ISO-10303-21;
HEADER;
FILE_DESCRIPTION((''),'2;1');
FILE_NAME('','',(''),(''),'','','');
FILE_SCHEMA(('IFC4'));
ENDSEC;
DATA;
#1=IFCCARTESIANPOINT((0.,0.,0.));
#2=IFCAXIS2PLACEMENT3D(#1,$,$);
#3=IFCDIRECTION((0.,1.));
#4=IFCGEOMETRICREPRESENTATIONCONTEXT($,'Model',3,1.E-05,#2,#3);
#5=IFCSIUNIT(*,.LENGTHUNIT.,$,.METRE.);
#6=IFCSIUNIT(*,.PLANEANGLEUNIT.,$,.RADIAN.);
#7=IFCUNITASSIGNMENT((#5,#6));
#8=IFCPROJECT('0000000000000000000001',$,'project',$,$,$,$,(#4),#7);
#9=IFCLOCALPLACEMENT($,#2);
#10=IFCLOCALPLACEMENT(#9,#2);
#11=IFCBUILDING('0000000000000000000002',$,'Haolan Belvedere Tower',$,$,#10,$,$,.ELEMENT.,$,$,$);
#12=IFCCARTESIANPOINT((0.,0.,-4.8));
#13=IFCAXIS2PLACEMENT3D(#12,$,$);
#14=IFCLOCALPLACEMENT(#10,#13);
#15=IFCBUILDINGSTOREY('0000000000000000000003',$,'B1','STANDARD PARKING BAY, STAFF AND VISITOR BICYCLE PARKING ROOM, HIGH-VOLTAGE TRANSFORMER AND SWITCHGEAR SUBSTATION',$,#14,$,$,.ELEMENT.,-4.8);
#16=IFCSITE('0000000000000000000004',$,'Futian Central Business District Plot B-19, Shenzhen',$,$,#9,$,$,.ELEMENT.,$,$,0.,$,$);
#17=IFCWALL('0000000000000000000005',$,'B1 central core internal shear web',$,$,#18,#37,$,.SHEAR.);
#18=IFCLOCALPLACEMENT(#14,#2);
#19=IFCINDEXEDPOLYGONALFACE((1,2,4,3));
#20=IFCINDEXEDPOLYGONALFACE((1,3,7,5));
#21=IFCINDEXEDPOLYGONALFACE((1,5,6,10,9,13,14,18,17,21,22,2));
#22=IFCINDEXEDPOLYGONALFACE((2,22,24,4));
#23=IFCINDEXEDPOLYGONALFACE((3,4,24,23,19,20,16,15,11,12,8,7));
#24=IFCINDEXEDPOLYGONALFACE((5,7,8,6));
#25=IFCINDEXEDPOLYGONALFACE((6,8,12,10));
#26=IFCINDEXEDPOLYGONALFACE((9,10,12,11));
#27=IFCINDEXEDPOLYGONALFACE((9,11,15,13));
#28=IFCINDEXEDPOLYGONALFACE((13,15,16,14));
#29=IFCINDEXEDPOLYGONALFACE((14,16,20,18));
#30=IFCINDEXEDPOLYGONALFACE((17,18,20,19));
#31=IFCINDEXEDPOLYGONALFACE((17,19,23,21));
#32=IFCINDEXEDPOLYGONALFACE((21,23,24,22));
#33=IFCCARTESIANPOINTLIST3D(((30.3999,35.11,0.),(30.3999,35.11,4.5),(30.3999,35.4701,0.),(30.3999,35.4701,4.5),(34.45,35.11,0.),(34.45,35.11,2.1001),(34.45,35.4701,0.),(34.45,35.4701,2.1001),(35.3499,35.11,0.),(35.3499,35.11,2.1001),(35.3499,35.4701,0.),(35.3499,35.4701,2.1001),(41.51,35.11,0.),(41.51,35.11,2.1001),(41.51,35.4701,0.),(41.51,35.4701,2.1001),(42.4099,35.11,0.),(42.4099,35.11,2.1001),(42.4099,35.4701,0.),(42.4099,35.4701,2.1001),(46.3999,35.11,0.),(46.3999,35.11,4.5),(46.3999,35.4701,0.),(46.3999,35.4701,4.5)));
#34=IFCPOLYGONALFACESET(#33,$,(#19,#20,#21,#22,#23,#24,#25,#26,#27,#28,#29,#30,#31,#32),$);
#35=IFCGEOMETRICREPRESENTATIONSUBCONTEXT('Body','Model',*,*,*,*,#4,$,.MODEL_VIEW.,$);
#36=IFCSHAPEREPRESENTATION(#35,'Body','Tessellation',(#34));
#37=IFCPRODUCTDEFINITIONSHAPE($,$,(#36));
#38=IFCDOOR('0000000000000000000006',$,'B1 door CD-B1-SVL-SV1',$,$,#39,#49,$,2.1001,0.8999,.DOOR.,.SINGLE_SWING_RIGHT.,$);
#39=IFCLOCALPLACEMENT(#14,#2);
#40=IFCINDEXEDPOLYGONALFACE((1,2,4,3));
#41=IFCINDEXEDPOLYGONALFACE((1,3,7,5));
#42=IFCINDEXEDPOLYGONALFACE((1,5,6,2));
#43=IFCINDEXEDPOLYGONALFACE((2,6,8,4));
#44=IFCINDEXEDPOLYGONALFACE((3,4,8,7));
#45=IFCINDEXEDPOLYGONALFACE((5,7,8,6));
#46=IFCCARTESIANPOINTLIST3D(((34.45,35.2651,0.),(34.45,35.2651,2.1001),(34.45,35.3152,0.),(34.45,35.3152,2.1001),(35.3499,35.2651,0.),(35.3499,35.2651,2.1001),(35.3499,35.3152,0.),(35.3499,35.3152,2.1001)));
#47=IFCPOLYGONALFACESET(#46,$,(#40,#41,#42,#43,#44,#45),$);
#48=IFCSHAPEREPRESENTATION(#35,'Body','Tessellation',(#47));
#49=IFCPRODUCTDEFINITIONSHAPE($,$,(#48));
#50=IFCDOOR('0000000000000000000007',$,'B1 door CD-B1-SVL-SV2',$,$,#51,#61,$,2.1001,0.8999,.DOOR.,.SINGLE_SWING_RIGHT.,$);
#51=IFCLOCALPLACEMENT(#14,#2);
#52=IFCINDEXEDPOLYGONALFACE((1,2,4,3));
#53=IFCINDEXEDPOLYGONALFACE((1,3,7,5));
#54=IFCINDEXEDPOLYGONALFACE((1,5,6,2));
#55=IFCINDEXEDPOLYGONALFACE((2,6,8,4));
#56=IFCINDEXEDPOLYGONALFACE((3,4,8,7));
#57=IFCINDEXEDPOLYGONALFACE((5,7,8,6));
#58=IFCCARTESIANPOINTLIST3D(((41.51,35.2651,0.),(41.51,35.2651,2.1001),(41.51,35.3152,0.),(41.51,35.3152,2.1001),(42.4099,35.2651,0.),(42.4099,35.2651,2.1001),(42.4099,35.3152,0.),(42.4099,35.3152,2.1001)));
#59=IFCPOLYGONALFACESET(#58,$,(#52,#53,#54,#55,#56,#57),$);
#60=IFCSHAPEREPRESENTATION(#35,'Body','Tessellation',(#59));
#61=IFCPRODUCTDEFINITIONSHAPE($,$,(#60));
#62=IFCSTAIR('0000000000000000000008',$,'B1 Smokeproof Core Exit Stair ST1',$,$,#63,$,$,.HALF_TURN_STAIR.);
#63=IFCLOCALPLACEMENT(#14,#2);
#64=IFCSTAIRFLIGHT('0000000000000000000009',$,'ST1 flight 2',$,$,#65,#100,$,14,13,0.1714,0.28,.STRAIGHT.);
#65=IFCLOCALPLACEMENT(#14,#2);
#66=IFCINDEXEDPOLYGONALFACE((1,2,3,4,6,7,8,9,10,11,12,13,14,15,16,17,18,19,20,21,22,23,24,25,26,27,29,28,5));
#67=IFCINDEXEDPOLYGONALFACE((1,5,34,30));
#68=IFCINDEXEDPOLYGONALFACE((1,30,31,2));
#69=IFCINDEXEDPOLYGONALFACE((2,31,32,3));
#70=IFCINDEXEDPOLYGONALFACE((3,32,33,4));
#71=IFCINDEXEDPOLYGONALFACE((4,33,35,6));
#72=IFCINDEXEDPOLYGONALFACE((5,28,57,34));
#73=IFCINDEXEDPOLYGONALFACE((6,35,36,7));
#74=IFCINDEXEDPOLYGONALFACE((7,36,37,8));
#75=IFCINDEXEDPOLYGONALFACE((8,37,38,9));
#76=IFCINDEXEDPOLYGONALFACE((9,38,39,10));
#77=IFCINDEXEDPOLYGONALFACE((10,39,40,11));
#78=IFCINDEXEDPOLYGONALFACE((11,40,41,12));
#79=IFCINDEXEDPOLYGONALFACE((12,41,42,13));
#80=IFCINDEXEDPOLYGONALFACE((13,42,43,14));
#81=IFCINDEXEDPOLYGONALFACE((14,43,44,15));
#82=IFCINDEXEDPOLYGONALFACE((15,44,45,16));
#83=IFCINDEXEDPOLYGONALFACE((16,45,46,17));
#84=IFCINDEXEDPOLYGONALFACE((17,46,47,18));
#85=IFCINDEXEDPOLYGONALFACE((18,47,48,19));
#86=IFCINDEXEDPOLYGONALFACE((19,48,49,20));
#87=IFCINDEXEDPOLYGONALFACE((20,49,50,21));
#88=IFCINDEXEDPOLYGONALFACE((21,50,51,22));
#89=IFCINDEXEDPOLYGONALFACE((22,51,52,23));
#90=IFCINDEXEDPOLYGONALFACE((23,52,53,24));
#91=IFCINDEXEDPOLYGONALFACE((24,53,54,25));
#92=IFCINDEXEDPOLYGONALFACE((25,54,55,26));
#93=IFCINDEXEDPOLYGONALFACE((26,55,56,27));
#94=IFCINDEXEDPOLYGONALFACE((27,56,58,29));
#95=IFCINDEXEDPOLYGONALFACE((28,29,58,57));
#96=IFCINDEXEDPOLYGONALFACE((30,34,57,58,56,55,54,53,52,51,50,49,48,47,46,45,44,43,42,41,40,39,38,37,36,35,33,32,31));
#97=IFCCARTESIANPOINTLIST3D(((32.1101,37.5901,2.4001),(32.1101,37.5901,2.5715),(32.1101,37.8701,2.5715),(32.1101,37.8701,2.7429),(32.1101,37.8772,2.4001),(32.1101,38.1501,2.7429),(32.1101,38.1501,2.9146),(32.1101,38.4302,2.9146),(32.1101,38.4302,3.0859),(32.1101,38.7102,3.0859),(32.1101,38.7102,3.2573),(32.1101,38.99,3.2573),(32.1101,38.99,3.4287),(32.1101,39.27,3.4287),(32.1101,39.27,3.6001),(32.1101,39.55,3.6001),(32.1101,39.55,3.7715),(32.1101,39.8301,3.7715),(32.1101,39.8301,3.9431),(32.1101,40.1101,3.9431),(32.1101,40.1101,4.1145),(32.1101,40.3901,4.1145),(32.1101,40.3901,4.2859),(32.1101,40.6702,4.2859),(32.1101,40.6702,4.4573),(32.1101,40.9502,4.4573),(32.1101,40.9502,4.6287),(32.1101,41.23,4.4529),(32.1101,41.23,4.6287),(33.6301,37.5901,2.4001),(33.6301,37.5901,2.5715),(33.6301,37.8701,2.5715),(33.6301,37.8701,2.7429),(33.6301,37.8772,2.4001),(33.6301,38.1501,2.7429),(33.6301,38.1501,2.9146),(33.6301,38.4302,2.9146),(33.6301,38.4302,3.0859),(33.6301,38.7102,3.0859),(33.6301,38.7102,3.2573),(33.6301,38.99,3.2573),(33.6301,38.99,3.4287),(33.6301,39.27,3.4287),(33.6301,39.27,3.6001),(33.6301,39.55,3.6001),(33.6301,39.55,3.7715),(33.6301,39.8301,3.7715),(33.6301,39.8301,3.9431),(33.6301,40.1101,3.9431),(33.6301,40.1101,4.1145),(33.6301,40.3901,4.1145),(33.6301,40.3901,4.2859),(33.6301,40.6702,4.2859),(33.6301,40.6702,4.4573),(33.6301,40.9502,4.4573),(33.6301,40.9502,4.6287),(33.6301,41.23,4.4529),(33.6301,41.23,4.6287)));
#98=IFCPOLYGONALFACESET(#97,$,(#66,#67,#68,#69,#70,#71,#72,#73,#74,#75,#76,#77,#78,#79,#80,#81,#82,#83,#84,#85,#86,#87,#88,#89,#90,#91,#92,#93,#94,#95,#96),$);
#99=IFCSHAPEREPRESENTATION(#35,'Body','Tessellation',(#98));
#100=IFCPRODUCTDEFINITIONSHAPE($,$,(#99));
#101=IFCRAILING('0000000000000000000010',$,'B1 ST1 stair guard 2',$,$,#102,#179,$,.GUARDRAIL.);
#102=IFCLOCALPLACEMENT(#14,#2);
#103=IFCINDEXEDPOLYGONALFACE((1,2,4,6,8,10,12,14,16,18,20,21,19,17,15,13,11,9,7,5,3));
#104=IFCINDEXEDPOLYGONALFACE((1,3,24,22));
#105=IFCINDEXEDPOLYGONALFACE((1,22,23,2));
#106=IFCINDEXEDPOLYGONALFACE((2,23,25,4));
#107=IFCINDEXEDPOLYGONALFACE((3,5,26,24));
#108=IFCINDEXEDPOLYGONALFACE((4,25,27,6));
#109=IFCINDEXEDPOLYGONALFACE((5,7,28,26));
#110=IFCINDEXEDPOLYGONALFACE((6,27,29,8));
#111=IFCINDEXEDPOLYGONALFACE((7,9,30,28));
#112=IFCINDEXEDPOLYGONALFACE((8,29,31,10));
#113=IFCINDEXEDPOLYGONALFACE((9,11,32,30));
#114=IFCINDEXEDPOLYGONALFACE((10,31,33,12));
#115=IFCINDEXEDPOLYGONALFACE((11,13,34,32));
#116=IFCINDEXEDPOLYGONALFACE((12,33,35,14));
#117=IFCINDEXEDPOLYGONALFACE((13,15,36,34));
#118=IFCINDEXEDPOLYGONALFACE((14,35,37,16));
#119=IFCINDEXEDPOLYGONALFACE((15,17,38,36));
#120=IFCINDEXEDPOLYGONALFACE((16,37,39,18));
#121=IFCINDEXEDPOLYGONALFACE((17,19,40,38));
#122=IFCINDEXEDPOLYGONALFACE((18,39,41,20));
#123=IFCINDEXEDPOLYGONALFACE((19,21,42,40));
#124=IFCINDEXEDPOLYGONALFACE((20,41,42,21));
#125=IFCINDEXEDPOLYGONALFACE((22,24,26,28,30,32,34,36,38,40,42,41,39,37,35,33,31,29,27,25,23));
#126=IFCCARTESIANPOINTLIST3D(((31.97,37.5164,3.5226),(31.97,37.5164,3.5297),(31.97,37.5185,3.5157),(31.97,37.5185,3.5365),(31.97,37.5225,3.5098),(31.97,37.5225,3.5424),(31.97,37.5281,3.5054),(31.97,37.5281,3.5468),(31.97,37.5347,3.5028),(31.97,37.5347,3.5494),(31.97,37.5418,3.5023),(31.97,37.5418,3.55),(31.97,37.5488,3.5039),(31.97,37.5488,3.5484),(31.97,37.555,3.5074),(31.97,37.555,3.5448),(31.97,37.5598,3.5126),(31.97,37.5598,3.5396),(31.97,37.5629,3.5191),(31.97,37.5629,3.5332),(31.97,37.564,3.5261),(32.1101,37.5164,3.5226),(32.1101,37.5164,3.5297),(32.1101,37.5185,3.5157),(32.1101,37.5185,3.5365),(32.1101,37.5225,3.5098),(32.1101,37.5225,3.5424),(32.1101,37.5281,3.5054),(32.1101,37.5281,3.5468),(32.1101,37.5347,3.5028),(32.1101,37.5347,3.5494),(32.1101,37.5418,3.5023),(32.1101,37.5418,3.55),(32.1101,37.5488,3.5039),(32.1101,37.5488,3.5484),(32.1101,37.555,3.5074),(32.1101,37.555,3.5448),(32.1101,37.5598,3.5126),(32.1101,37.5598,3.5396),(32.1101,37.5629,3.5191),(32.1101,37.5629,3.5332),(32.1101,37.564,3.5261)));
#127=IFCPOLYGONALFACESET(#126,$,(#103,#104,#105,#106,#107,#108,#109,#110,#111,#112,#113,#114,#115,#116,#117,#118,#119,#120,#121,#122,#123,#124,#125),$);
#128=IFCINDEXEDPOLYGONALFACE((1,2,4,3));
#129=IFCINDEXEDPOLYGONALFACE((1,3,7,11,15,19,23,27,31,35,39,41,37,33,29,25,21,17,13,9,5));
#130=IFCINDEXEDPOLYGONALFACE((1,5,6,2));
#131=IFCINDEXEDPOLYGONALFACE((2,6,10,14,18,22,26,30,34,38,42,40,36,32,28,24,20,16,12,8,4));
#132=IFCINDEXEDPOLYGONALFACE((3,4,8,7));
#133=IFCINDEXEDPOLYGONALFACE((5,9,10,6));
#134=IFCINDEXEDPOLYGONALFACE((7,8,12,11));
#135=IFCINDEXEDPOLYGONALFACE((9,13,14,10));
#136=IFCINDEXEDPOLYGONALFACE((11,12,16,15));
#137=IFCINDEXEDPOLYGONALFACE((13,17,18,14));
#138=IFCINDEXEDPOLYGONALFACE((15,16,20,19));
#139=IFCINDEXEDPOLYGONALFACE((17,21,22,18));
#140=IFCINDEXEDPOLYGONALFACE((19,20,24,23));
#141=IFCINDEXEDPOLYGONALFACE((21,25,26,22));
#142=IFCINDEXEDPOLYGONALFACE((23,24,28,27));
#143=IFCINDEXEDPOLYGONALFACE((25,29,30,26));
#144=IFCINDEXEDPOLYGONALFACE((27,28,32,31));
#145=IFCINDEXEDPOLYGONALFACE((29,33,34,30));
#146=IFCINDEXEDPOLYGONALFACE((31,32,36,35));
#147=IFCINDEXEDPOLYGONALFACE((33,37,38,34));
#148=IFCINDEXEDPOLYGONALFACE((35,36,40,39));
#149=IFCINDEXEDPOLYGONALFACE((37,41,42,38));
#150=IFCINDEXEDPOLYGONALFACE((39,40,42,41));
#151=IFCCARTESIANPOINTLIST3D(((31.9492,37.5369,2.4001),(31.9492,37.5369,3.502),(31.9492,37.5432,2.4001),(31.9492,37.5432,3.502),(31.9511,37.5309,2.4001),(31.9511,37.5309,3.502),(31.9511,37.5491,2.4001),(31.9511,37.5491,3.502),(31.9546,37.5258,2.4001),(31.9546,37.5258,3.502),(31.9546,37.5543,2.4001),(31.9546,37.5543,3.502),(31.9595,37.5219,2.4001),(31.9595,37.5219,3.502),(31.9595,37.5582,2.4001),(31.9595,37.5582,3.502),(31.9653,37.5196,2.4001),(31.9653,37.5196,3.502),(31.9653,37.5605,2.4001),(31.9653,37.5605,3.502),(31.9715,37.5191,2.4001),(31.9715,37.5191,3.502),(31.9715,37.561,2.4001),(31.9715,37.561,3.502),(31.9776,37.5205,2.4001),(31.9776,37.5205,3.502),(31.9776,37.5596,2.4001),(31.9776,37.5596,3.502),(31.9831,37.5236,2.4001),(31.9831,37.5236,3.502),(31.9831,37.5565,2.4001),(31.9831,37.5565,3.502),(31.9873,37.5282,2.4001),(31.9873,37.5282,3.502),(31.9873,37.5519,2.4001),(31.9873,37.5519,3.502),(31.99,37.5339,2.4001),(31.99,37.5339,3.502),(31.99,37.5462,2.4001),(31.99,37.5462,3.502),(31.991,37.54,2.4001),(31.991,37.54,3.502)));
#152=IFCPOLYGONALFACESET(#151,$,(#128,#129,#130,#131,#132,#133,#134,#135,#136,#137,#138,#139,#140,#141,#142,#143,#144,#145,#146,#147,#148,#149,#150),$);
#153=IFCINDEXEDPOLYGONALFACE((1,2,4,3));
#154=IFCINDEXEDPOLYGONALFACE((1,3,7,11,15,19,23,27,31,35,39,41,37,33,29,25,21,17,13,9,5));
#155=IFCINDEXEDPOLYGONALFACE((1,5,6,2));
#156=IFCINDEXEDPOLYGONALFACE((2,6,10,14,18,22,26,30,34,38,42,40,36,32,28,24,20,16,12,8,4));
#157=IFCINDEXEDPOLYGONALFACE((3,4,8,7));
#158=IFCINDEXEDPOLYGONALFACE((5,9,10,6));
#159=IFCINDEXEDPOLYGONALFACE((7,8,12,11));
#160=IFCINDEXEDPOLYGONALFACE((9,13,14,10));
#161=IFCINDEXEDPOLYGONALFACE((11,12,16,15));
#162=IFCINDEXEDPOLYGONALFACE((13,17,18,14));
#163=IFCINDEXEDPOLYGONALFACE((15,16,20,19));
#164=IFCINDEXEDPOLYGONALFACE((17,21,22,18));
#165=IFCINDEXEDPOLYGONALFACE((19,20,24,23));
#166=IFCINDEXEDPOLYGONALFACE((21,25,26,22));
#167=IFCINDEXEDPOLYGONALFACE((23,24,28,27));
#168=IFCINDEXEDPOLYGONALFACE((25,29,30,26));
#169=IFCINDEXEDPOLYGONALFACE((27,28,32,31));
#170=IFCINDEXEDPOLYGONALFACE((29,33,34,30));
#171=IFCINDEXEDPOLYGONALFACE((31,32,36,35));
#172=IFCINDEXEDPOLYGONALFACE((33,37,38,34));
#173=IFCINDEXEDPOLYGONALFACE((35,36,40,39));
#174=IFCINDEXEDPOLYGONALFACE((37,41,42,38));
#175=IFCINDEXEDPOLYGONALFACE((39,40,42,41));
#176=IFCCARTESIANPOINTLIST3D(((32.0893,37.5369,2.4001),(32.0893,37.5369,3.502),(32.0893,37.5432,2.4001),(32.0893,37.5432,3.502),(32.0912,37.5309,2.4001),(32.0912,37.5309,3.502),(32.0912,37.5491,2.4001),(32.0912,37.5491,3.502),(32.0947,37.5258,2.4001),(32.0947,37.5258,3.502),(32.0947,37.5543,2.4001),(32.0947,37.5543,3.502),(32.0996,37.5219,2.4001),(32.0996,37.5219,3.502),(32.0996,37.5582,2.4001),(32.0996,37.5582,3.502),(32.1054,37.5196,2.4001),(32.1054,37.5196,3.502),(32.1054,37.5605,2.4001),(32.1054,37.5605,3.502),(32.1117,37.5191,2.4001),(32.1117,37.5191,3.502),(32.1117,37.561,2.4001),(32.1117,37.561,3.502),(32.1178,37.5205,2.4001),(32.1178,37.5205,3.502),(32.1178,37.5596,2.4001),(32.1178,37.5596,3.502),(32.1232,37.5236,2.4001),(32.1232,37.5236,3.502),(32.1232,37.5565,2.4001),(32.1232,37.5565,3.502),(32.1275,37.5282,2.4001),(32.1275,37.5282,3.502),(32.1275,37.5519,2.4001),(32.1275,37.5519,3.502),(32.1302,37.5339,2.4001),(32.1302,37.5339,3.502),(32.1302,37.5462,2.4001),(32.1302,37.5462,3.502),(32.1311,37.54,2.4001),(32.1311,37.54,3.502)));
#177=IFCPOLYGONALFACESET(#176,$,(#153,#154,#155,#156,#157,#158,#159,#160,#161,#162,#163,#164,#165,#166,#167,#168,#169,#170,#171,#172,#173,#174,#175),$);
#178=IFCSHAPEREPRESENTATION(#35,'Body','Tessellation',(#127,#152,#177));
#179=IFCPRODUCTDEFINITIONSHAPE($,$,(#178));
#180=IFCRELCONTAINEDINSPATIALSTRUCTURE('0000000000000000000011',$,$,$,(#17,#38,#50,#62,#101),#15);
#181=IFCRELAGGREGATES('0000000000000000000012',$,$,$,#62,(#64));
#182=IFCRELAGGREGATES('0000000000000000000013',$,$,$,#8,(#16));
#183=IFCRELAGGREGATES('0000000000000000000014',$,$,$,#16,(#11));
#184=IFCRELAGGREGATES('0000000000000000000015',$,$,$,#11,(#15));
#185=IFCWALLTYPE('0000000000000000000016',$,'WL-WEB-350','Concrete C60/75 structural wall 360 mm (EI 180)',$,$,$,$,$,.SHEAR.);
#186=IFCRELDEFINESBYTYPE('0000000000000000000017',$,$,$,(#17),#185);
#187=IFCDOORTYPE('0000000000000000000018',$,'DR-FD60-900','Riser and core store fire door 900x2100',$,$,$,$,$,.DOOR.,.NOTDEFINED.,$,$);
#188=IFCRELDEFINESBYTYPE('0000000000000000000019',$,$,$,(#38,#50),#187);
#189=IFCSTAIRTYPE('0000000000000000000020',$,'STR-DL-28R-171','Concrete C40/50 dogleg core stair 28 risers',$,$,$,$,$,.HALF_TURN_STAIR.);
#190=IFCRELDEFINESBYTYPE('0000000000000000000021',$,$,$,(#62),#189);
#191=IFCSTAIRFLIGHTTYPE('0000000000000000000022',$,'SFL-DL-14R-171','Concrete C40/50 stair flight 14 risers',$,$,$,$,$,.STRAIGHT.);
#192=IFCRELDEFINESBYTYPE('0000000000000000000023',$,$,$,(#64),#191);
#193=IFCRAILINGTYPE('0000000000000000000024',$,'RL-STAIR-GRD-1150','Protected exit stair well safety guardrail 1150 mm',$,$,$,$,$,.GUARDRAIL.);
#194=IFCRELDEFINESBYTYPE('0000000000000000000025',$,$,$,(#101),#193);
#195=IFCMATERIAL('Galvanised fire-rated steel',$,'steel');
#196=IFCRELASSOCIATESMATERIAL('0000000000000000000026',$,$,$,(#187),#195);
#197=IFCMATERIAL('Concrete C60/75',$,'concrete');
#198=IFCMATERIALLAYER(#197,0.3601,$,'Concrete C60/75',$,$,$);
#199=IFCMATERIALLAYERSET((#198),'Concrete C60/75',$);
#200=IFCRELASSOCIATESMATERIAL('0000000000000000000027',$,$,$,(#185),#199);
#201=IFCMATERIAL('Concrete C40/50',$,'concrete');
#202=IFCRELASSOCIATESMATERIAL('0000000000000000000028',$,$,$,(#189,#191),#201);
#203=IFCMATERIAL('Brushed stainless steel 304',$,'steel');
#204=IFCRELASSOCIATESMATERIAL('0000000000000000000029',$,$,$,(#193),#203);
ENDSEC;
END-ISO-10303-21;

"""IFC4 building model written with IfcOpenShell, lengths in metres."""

from ifc_helpers import new_model, si_unit, direction, frame, frame_2d, origin, origin_2d, place, context, subcontext, project, spatial, polyline, rectangle, circle, outline, extrude, material, layer, layer_set, type_object, element, fill, aggregate, save


model = new_model("IFC4")

# Units and contexts
model_context = context("Model", 3, precision=1e-05, world=origin(), true_north=direction((0.0, 1.0)))
body_context = subcontext(model_context, "Body", "Model", "MODEL_VIEW")
ifc_project = project(units=[si_unit("LENGTHUNIT", "METRE"), si_unit("PLANEANGLEUNIT", "RADIAN")], contexts=[model_context])

# Site, building, storey
site_placement = place(None, origin())
site = spatial("IfcSite", under=ifc_project, at=site_placement, Name="Futian Central Business District Plot B-19, Shenzhen", CompositionType="ELEMENT", RefElevation=0.0)
building_placement = place(site_placement, origin())
building = spatial("IfcBuilding", under=site, at=building_placement, Name="Haolan Belvedere Tower", CompositionType="ELEMENT")
storey_placement = place(building_placement, frame((0.0, 0.0, -4.8)))
storey = spatial("IfcBuildingStorey", under=building, at=storey_placement, Name="B1", Description="STANDARD PARKING BAY, STAFF AND VISITOR BICYCLE PARKING ROOM, HIGH-VOLTAGE TRANSFORMER AND SWITCHGEAR SUBSTATION", CompositionType="ELEMENT", Elevation=-4.8)

# Shared definitions
ifc_material_1 = material(Name="Galvanised fire-rated steel", Category="steel")
door_type_1 = type_object("IfcDoorType", Name="DR-FD60-900", Description="Riser and core store fire door 900x2100", OperationType="NOTDEFINED", PredefinedType="DOOR", material=ifc_material_1)

# Shared definitions
ifc_material_2 = material(Name="Concrete C40/50", Category="concrete")

# Wall, openings, doors
ifc_material_3 = material(Name="Concrete C60/75", Category="concrete")
ifc_layer_1 = layer(ifc_material_3, 0.3601, Name="Concrete C60/75")
ifc_layer_set_1 = layer_set([ifc_layer_1], Name="Concrete C60/75")
wall_type_1 = type_object("IfcWallType", Name="WL-WEB-350", Description="Concrete C60/75 structural wall 360 mm (EI 180)", PredefinedType="SHEAR", material=ifc_layer_set_1)
wall_1_placement = place(storey_placement, frame((30.3999, 35.29, 0.0), z_axis=(0.0, 0.0, 1.0), x_axis=(1.0, 0.0, 0.0)))
wall_1 = element("IfcWall", 1, at=wall_1_placement, inside=storey, type_object=wall_type_1, Name="B1 central core internal shear web", PredefinedType="SHEAR", context=body_context, shape_type="SweptSolid", body=[
    extrude(rectangle(XDim=16.0, YDim=0.3601, at=frame_2d((8.0, 0.0))), origin(), (0.0, 0.0, 1.0), 4.5),
])
opening_1_placement = place(wall_1_placement, frame((4.95, 0.0, 0.0), z_axis=(0.0, 0.0, 1.0), x_axis=(-1.0, 0.0, 0.0)))
opening_1 = element("IfcOpeningElement", 2, at=opening_1_placement, cuts=wall_1, PredefinedType="OPENING", context=body_context, shape_type="SweptSolid", body=[
    extrude(rectangle(XDim=0.8999, YDim=2.1001, at=frame_2d((0.45, 1.05))), frame((0.0, 0.1899, 0.0), z_axis=(0.0, -1.0, 0.0), x_axis=(1.0, 0.0, 0.0)), (0.0, 0.0, 1.0), 0.3801),
])
opening_2_placement = place(wall_1_placement, frame((12.01, 0.0, 0.0), z_axis=(0.0, 0.0, 1.0), x_axis=(-1.0, 0.0, 0.0)))
opening_2 = element("IfcOpeningElement", 3, at=opening_2_placement, cuts=wall_1, PredefinedType="OPENING", context=body_context, shape_type="SweptSolid", body=[
    extrude(rectangle(XDim=0.8999, YDim=2.1001, at=frame_2d((0.45, 1.05))), frame((0.0, 0.1899, 0.0), z_axis=(0.0, -1.0, 0.0), x_axis=(1.0, 0.0, 0.0)), (0.0, 0.0, 1.0), 0.3801),
])
door_1_placement = place(opening_1_placement, origin())
door_1 = element("IfcDoor", 4, at=door_1_placement, inside=storey, type_object=door_type_1, Name="B1 door CD-B1-SVL-SV1", OperationType="SINGLE_SWING_RIGHT", OverallHeight=2.1001, OverallWidth=0.8999, PredefinedType="DOOR", context=body_context, shape_type="SweptSolid", body=[
    extrude(rectangle(XDim=0.8999, YDim=2.1001, at=frame_2d((0.45, 1.05))), frame((0.0, 0.0249, 0.0), z_axis=(0.0, -1.0, 0.0), x_axis=(1.0, 0.0, 0.0)), (0.0, 0.0, 1.0), 0.05),
])
fill(opening_1, door_1)
door_2_placement = place(opening_2_placement, origin())
door_2 = element("IfcDoor", 5, at=door_2_placement, inside=storey, type_object=door_type_1, Name="B1 door CD-B1-SVL-SV2", OperationType="SINGLE_SWING_RIGHT", OverallHeight=2.1001, OverallWidth=0.8999, PredefinedType="DOOR", context=body_context, shape_type="SweptSolid", body=[
    extrude(rectangle(XDim=0.8999, YDim=2.1001, at=frame_2d((0.45, 1.05))), frame((0.0, 0.0249, 0.0), z_axis=(0.0, -1.0, 0.0), x_axis=(1.0, 0.0, 0.0)), (0.0, 0.0, 1.0), 0.05),
])
fill(opening_2, door_2)

# Stair, stair flight
stair_type = type_object("IfcStairType", Name="STR-DL-28R-171", Description="Concrete C40/50 dogleg core stair 28 risers", PredefinedType="HALF_TURN_STAIR", material=ifc_material_2)
stair_placement = place(storey_placement, origin())
stair = element("IfcStair", 6, at=stair_placement, inside=storey, type_object=stair_type, Name="B1 Smokeproof Core Exit Stair ST1", PredefinedType="HALF_TURN_STAIR")
stair_flight_type = type_object("IfcStairFlightType", Name="SFL-DL-14R-171", Description="Concrete C40/50 stair flight 14 risers", PredefinedType="STRAIGHT", material=ifc_material_2)
stair_flight_placement = place(storey_placement, frame((32.8701, 37.5901, 2.4001), z_axis=(0.0, 0.0, 1.0), x_axis=(0.0, 1.0, 0.0)))
stair_flight = element("IfcStairFlight", 7, at=stair_flight_placement, type_object=stair_flight_type, Name="ST1 flight 2", NumberOfRisers=14, NumberOfTreads=13, PredefinedType="STRAIGHT", RiserHeight=0.1714, TreadLength=0.28, context=body_context, shape_type="SweptSolid", body=[
    extrude(outline(polyline([(0.0, 0.0), (0.0, 0.1714), (0.28, 0.1714), (0.28, 0.3428), (0.5601, 0.3428), (0.5601, 0.5144), (0.8401, 0.5144), (0.8401, 0.6858), (1.1201, 0.6858), (1.1201, 0.8572), (1.3999, 0.8572), (1.3999, 1.0286), (1.6799, 1.0286), (1.6799, 1.2), (1.96, 1.2), (1.96, 1.3713), (2.24, 1.3713), (2.24, 1.543), (2.52, 1.543), (2.52, 1.7144), (2.8, 1.7144), (2.8, 1.8857), (3.0801, 1.8857), (3.0801, 2.0571), (3.3601, 2.0571), (3.3601, 2.2285), (3.6399, 2.2285), (3.6399, 2.3999), (3.6399, 2.0527), (0.2871, 0.0), (0.0, 0.0)])), frame((0.0, 0.76, 0.0), z_axis=(0.0, -1.0, 0.0), x_axis=(1.0, 0.0, 0.0)), (0.0, 0.0, 1.0), 1.52),
])
aggregate(stair, [stair_flight])

# Railing
ifc_material_4 = material(Name="Brushed stainless steel 304", Category="steel")
railing_type_1 = type_object("IfcRailingType", Name="RL-STAIR-GRD-1150", Description="Protected exit stair well safety guardrail 1150 mm", PredefinedType="GUARDRAIL", material=ifc_material_4)
railing_1_placement = place(storey_placement, frame((31.97, 37.54, 2.4001)))
element("IfcRailing", 8, at=railing_1_placement, inside=storey, type_object=railing_type_1, Name="B1 ST1 stair guard 2", PredefinedType="GUARDRAIL", context=body_context, shape_type="SweptSolid", body=[
    extrude(circle(Radius=0.0239, at=origin_2d()), frame((0.0, 0.0, 1.126), z_axis=(1.0, 0.0, 0.0), x_axis=(0.0, 1.0, 0.0)), (0.0, 0.0, 1.0), 0.1401),
    extrude(circle(Radius=0.021, at=origin_2d()), origin(), (0.0, 0.0, 1.0), 1.1018),
    extrude(circle(Radius=0.021, at=origin_2d()), frame((0.1401, 0.0, 0.0)), (0.0, 0.0, 1.0), 1.1018),
])

save(model, "model.ifc")
